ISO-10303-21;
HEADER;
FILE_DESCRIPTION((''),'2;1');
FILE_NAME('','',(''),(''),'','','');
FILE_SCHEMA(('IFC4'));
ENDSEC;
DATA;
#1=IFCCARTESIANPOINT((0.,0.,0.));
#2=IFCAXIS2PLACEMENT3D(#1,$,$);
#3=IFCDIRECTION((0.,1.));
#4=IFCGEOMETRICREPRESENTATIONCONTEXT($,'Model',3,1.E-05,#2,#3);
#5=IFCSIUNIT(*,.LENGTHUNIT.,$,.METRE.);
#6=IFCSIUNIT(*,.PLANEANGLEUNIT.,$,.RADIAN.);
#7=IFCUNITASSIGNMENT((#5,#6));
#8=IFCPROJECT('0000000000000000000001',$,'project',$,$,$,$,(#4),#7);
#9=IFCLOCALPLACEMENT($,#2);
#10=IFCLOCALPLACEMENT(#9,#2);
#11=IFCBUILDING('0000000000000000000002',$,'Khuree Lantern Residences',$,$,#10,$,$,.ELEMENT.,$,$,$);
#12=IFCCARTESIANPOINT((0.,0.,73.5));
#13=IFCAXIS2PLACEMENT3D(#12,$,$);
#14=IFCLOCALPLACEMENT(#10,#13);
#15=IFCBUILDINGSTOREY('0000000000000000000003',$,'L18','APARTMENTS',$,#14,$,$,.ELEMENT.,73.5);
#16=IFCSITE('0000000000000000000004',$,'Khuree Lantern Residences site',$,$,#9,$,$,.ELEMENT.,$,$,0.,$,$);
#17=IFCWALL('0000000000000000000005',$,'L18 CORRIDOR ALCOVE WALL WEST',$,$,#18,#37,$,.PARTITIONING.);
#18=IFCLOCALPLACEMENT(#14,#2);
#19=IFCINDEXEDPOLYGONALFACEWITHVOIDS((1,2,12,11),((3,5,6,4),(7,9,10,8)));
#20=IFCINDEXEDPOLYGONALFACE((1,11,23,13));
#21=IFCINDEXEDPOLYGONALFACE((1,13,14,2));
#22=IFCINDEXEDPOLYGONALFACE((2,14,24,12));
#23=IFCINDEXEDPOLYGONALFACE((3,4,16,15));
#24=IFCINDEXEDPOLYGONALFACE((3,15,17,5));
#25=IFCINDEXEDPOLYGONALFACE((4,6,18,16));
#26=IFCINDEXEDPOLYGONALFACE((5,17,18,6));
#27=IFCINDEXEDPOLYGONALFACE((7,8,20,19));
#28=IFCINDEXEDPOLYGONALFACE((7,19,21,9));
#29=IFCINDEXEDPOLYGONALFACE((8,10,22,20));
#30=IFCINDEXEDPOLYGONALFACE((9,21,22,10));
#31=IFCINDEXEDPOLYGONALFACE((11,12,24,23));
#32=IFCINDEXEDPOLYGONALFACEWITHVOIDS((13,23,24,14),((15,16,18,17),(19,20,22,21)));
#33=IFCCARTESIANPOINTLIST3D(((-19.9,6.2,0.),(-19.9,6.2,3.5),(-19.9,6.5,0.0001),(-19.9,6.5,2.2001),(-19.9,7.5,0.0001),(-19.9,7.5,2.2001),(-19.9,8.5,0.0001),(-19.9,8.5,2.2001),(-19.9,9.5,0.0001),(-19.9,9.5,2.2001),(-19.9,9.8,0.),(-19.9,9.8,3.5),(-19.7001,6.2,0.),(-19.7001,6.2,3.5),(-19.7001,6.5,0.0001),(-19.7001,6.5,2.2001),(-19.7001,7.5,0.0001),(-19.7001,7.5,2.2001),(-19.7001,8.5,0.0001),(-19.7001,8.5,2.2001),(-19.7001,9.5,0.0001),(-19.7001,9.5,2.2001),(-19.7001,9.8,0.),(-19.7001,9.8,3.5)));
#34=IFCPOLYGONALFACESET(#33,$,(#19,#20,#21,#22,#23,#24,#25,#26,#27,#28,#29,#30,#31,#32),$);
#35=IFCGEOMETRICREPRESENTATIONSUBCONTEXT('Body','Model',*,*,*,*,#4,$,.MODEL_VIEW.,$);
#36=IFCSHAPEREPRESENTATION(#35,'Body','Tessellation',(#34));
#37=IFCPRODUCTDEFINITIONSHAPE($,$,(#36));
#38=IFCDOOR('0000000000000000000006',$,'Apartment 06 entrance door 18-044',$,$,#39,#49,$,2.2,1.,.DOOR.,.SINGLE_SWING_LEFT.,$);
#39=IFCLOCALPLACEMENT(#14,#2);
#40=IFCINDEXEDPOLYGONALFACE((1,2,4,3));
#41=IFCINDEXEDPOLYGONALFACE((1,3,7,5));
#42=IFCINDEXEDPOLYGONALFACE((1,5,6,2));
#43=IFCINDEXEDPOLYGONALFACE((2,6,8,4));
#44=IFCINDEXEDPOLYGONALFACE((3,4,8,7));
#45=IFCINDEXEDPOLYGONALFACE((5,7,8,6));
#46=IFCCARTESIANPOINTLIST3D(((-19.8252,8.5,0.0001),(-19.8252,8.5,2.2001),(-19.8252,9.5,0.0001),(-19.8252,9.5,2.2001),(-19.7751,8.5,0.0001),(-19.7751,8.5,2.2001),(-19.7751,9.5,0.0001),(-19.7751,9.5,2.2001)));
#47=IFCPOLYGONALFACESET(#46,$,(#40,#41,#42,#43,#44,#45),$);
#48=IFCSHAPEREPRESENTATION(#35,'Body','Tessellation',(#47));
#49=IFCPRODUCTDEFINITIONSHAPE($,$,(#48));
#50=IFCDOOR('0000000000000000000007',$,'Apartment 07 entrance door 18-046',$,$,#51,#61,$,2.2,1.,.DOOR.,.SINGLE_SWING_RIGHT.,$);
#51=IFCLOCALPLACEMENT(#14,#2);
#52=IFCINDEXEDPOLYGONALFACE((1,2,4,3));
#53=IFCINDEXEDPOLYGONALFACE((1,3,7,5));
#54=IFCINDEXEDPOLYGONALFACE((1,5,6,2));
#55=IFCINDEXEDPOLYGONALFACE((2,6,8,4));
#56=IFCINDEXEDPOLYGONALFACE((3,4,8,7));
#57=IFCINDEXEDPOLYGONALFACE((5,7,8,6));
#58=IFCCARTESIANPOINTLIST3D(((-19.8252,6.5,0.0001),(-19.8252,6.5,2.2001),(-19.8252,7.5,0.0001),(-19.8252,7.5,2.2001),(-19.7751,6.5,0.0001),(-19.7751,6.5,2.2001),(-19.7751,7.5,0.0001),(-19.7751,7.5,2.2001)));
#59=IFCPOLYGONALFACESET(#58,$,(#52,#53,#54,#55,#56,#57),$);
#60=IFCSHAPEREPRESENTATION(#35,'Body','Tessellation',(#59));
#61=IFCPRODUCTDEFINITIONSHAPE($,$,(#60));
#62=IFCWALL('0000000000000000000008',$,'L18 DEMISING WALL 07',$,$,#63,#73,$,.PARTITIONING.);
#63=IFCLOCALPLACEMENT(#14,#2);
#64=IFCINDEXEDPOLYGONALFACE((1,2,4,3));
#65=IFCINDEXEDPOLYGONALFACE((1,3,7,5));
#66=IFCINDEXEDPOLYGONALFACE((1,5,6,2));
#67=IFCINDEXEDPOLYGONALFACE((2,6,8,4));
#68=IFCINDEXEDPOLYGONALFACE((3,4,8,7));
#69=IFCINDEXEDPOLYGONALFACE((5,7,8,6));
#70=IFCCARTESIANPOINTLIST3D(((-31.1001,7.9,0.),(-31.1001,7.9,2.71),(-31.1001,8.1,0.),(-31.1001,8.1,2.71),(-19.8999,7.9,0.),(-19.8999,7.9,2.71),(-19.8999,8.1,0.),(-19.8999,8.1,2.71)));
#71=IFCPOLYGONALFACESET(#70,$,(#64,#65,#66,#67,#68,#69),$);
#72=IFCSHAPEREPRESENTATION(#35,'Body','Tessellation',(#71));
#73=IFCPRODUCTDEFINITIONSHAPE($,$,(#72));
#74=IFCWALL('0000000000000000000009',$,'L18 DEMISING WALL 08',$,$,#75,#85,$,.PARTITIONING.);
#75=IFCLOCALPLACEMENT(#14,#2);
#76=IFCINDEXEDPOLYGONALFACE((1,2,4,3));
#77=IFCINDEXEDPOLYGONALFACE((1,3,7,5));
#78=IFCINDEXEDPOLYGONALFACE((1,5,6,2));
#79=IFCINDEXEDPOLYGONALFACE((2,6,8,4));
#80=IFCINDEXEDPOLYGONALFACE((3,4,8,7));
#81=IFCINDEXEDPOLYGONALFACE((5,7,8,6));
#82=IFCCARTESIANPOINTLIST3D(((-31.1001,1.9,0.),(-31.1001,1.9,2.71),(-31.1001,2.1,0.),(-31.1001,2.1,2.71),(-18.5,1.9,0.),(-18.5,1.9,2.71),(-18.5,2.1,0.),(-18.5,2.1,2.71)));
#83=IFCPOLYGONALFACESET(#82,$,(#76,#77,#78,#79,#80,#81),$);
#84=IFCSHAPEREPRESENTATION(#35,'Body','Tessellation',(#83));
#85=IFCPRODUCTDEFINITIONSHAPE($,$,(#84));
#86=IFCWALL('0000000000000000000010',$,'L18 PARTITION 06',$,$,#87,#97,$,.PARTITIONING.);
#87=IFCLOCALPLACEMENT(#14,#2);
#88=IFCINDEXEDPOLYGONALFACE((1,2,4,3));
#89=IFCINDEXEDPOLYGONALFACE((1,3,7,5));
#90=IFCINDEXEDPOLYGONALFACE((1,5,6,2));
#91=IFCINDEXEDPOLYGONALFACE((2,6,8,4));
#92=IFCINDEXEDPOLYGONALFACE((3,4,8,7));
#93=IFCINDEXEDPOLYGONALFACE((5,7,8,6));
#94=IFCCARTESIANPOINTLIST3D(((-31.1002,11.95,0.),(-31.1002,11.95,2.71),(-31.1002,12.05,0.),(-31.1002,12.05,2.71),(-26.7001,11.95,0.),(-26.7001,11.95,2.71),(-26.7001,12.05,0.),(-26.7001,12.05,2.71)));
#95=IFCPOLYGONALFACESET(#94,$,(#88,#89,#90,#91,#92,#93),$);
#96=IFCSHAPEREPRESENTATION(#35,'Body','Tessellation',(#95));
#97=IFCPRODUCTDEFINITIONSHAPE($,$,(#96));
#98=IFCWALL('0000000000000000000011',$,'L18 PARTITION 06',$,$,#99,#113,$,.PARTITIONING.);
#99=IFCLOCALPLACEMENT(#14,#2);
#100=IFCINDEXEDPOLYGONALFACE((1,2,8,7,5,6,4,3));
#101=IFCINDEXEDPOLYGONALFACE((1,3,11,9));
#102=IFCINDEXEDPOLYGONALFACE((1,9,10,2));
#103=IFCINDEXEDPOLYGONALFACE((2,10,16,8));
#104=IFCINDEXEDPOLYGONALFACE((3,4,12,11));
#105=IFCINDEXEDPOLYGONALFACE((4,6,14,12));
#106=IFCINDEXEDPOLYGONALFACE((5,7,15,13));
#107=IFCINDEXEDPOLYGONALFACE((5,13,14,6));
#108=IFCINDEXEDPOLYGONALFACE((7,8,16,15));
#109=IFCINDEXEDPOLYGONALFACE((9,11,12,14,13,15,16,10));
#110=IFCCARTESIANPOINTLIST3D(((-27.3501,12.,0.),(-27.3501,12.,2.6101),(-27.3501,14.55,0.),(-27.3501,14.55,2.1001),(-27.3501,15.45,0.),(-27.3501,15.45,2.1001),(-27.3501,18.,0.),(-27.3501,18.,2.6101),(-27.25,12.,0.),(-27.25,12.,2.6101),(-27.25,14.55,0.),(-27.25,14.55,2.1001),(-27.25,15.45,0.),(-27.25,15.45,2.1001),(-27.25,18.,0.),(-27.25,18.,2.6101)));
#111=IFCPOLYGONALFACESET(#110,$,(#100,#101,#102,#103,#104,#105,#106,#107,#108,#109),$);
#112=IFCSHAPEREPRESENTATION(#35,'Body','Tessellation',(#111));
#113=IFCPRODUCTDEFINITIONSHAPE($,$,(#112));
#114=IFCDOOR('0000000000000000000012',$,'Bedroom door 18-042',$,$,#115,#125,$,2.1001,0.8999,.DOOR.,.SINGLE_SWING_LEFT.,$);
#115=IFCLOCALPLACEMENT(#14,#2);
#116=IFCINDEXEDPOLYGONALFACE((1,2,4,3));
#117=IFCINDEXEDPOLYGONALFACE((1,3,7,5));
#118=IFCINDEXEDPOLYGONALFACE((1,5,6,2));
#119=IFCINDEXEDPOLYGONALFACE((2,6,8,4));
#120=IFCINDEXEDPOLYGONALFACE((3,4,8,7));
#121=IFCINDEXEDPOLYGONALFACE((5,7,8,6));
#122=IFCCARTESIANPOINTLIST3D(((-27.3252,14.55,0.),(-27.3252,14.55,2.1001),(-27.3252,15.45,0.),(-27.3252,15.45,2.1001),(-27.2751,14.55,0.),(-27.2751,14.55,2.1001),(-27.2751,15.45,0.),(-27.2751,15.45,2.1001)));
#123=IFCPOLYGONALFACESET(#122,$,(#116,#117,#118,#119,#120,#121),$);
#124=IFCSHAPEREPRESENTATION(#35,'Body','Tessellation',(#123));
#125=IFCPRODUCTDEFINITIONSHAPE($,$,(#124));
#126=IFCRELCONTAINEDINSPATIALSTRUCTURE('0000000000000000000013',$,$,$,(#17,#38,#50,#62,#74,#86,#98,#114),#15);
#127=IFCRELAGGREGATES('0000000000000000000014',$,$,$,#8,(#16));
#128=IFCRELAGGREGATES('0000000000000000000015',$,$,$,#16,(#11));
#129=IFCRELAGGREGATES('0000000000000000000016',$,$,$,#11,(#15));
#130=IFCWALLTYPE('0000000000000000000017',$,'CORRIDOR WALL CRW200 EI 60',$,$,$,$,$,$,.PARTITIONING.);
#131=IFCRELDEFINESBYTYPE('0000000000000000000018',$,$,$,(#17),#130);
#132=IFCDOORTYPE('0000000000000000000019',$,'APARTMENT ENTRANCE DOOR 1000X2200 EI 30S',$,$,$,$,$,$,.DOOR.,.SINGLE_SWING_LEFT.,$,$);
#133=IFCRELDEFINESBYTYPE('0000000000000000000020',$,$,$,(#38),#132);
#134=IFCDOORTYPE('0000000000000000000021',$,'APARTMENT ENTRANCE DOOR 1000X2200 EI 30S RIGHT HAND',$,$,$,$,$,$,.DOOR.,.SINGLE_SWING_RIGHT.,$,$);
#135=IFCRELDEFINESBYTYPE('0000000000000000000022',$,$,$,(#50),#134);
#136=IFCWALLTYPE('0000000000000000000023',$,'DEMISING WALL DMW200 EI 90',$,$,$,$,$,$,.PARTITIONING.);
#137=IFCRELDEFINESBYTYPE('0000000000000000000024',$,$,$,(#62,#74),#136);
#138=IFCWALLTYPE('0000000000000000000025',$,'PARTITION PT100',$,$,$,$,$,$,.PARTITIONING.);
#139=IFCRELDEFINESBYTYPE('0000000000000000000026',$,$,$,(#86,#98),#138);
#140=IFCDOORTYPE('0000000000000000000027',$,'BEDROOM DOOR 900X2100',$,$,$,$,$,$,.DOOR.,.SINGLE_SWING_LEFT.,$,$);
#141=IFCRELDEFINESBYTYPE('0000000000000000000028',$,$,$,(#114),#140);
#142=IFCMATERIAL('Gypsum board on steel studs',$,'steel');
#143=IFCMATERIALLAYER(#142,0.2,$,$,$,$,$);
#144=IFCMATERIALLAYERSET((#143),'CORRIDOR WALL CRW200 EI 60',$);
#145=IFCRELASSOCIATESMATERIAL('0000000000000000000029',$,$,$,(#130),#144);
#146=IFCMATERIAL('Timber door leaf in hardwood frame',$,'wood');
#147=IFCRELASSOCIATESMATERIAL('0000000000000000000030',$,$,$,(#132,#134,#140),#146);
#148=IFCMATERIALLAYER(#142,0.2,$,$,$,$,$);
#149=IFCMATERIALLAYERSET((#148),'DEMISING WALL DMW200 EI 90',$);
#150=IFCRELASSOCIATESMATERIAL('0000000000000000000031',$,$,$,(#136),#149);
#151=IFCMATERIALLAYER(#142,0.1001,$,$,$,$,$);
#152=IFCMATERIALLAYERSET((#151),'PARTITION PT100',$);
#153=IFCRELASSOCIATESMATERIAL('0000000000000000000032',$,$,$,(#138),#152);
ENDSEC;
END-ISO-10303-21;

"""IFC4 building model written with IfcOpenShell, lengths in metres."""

from ifc_helpers import new_model, si_unit, direction, frame, frame_2d, origin, place, context, subcontext, project, spatial, rectangle, extrude, material, layer, layer_set, type_object, element, fill, save


model = new_model("IFC4")

# Units and contexts
model_context = context("Model", 3, precision=1e-05, world=origin(), true_north=direction((0.0, 1.0)))
body_context = subcontext(model_context, "Body", "Model", "MODEL_VIEW")
ifc_project = project(units=[si_unit("LENGTHUNIT", "METRE"), si_unit("PLANEANGLEUNIT", "RADIAN")], contexts=[model_context])

# Site, building, storey
site_placement = place(None, origin())
site = spatial("IfcSite", under=ifc_project, at=site_placement, Name="Khuree Lantern Residences site", CompositionType="ELEMENT", RefElevation=0.0)
building_placement = place(site_placement, origin())
building = spatial("IfcBuilding", under=site, at=building_placement, Name="Khuree Lantern Residences", CompositionType="ELEMENT")
storey_placement = place(building_placement, frame((0.0, 0.0, 73.5)))
storey = spatial("IfcBuildingStorey", under=building, at=storey_placement, Name="L18", Description="APARTMENTS", CompositionType="ELEMENT", Elevation=73.5)

# Shared definitions
ifc_material_1 = material(Name="Timber door leaf in hardwood frame", Category="wood")

# Wall, openings, doors
ifc_material_2 = material(Name="Gypsum board on steel studs", Category="steel")
ifc_layer_1 = layer(ifc_material_2, 0.2)
ifc_layer_set_1 = layer_set([ifc_layer_1], Name="CORRIDOR WALL CRW200 EI 60")
wall_type_1 = type_object("IfcWallType", Name="CORRIDOR WALL CRW200 EI 60", PredefinedType="PARTITIONING", material=ifc_layer_set_1)
wall_1_placement = place(storey_placement, frame((-19.8, 9.8, 0.0), z_axis=(0.0, 0.0, 1.0), x_axis=(0.0, -1.0, 0.0)))
wall_1 = element("IfcWall", 1, at=wall_1_placement, inside=storey, type_object=wall_type_1, Name="L18 CORRIDOR ALCOVE WALL WEST", PredefinedType="PARTITIONING", context=body_context, shape_type="SweptSolid", body=[
    extrude(rectangle(XDim=3.6001, YDim=0.2, at=frame_2d((1.8, 0.0))), origin(), (0.0, 0.0, 1.0), 3.5),
])
opening_1_placement = place(wall_1_placement, frame((0.3, 0.0, 0.0)))
opening_1 = element("IfcOpeningElement", 2, at=opening_1_placement, cuts=wall_1, PredefinedType="OPENING", context=body_context, shape_type="SweptSolid", body=[
    extrude(rectangle(XDim=1.0, YDim=2.2, at=frame_2d((0.5, 1.1001))), frame((0.0, 0.1099, 0.0), z_axis=(0.0, -1.0, 0.0), x_axis=(1.0, 0.0, 0.0)), (0.0, 0.0, 1.0), 0.22),
])
opening_2_placement = place(wall_1_placement, frame((2.3, 0.0, 0.0)))
opening_2 = element("IfcOpeningElement", 3, at=opening_2_placement, cuts=wall_1, PredefinedType="OPENING", context=body_context, shape_type="SweptSolid", body=[
    extrude(rectangle(XDim=1.0, YDim=2.2, at=frame_2d((0.5, 1.1001))), frame((0.0, 0.1099, 0.0), z_axis=(0.0, -1.0, 0.0), x_axis=(1.0, 0.0, 0.0)), (0.0, 0.0, 1.0), 0.22),
])
door_type_1 = type_object("IfcDoorType", Name="APARTMENT ENTRANCE DOOR 1000X2200 EI 30S", OperationType="SINGLE_SWING_LEFT", PredefinedType="DOOR", material=ifc_material_1)
door_1_placement = place(opening_1_placement, origin())
door_1 = element("IfcDoor", 4, at=door_1_placement, inside=storey, type_object=door_type_1, Name="Apartment 06 entrance door 18-044", OperationType="SINGLE_SWING_LEFT", OverallHeight=2.2, OverallWidth=1.0, PredefinedType="DOOR", context=body_context, shape_type="SweptSolid", body=[
    extrude(rectangle(XDim=1.0, YDim=2.2, at=frame_2d((0.5, 1.1001))), frame((0.0, 0.0249, 0.0), z_axis=(0.0, -1.0, 0.0), x_axis=(1.0, 0.0, 0.0)), (0.0, 0.0, 1.0), 0.05),
])
fill(opening_1, door_1)
door_type_2 = type_object("IfcDoorType", Name="APARTMENT ENTRANCE DOOR 1000X2200 EI 30S RIGHT HAND", OperationType="SINGLE_SWING_RIGHT", PredefinedType="DOOR", material=ifc_material_1)
door_2_placement = place(opening_2_placement, origin())
door_2 = element("IfcDoor", 5, at=door_2_placement, inside=storey, type_object=door_type_2, Name="Apartment 07 entrance door 18-046", OperationType="SINGLE_SWING_RIGHT", OverallHeight=2.2, OverallWidth=1.0, PredefinedType="DOOR", context=body_context, shape_type="SweptSolid", body=[
    extrude(rectangle(XDim=1.0, YDim=2.2, at=frame_2d((0.5, 1.1001))), frame((0.0, 0.0249, 0.0), z_axis=(0.0, -1.0, 0.0), x_axis=(1.0, 0.0, 0.0)), (0.0, 0.0, 1.0), 0.05),
])
fill(opening_2, door_2)

# Walls
ifc_layer_2 = layer(ifc_material_2, 0.2)
ifc_layer_set_2 = layer_set([ifc_layer_2], Name="DEMISING WALL DMW200 EI 90")
wall_type_2 = type_object("IfcWallType", Name="DEMISING WALL DMW200 EI 90", PredefinedType="PARTITIONING", material=ifc_layer_set_2)
wall_2_placement = place(storey_placement, frame((-19.8999, 8.0, 0.0), z_axis=(0.0, 0.0, 1.0), x_axis=(-1.0, 0.0, 0.0)))
element("IfcWall", 6, at=wall_2_placement, inside=storey, type_object=wall_type_2, Name="L18 DEMISING WALL 07", PredefinedType="PARTITIONING", context=body_context, shape_type="SweptSolid", body=[
    extrude(rectangle(XDim=11.2002, YDim=0.2, at=frame_2d((5.6001, 0.0))), origin(), (0.0, 0.0, 1.0), 2.71),
])
wall_3_placement = place(storey_placement, frame((-18.5, 2.0, 0.0), z_axis=(0.0, 0.0, 1.0), x_axis=(-1.0, 0.0, 0.0)))
element("IfcWall", 7, at=wall_3_placement, inside=storey, type_object=wall_type_2, Name="L18 DEMISING WALL 08", PredefinedType="PARTITIONING", context=body_context, shape_type="SweptSolid", body=[
    extrude(rectangle(XDim=12.6001, YDim=0.2, at=frame_2d((6.3, 0.0))), origin(), (0.0, 0.0, 1.0), 2.71),
])
ifc_layer_3 = layer(ifc_material_2, 0.1001)
ifc_layer_set_3 = layer_set([ifc_layer_3], Name="PARTITION PT100")
wall_type_3 = type_object("IfcWallType", Name="PARTITION PT100", PredefinedType="PARTITIONING", material=ifc_layer_set_3)
wall_4_placement = place(storey_placement, frame((-26.7, 12.0, 0.0), z_axis=(0.0, 0.0, 1.0), x_axis=(-1.0, 0.0, 0.0)))
element("IfcWall", 8, at=wall_4_placement, inside=storey, type_object=wall_type_3, Name="L18 PARTITION 06", PredefinedType="PARTITIONING", context=body_context, shape_type="SweptSolid", body=[
    extrude(rectangle(XDim=4.4001, YDim=0.1001, at=frame_2d((2.2002, 0.0))), origin(), (0.0, 0.0, 1.0), 2.71),
])

# Wall, opening, door
wall_5_placement = place(storey_placement, frame((-27.3, 18.0, 0.0), z_axis=(0.0, 0.0, 1.0), x_axis=(0.0, -1.0, 0.0)))
wall_5 = element("IfcWall", 9, at=wall_5_placement, inside=storey, type_object=wall_type_3, Name="L18 PARTITION 06", PredefinedType="PARTITIONING", context=body_context, shape_type="SweptSolid", body=[
    extrude(rectangle(XDim=6.0, YDim=0.1001, at=frame_2d((3.0, 0.0))), origin(), (0.0, 0.0, 1.0), 2.6101),
])
opening_3_placement = place(wall_5_placement, frame((2.55, 0.0, 0.0)))
opening_3 = element("IfcOpeningElement", 10, at=opening_3_placement, cuts=wall_5, PredefinedType="OPENING", context=body_context, shape_type="SweptSolid", body=[
    extrude(rectangle(XDim=0.8999, YDim=2.1001, at=frame_2d((0.45, 1.05))), frame((0.0, 0.0601, 0.0), z_axis=(0.0, -1.0, 0.0), x_axis=(1.0, 0.0, 0.0)), (0.0, 0.0, 1.0), 0.1201),
])
door_type_3 = type_object("IfcDoorType", Name="BEDROOM DOOR 900X2100", OperationType="SINGLE_SWING_LEFT", PredefinedType="DOOR", material=ifc_material_1)
door_3_placement = place(opening_3_placement, origin())
door_3 = element("IfcDoor", 11, at=door_3_placement, inside=storey, type_object=door_type_3, Name="Bedroom door 18-042", OperationType="SINGLE_SWING_LEFT", OverallHeight=2.1001, OverallWidth=0.8999, PredefinedType="DOOR", context=body_context, shape_type="SweptSolid", body=[
    extrude(rectangle(XDim=0.8999, YDim=2.1001, at=frame_2d((0.45, 1.05))), frame((0.0, 0.0249, 0.0), z_axis=(0.0, -1.0, 0.0), x_axis=(1.0, 0.0, 0.0)), (0.0, 0.0, 1.0), 0.05),
])
fill(opening_3, door_3)

save(model, "model.ifc")
